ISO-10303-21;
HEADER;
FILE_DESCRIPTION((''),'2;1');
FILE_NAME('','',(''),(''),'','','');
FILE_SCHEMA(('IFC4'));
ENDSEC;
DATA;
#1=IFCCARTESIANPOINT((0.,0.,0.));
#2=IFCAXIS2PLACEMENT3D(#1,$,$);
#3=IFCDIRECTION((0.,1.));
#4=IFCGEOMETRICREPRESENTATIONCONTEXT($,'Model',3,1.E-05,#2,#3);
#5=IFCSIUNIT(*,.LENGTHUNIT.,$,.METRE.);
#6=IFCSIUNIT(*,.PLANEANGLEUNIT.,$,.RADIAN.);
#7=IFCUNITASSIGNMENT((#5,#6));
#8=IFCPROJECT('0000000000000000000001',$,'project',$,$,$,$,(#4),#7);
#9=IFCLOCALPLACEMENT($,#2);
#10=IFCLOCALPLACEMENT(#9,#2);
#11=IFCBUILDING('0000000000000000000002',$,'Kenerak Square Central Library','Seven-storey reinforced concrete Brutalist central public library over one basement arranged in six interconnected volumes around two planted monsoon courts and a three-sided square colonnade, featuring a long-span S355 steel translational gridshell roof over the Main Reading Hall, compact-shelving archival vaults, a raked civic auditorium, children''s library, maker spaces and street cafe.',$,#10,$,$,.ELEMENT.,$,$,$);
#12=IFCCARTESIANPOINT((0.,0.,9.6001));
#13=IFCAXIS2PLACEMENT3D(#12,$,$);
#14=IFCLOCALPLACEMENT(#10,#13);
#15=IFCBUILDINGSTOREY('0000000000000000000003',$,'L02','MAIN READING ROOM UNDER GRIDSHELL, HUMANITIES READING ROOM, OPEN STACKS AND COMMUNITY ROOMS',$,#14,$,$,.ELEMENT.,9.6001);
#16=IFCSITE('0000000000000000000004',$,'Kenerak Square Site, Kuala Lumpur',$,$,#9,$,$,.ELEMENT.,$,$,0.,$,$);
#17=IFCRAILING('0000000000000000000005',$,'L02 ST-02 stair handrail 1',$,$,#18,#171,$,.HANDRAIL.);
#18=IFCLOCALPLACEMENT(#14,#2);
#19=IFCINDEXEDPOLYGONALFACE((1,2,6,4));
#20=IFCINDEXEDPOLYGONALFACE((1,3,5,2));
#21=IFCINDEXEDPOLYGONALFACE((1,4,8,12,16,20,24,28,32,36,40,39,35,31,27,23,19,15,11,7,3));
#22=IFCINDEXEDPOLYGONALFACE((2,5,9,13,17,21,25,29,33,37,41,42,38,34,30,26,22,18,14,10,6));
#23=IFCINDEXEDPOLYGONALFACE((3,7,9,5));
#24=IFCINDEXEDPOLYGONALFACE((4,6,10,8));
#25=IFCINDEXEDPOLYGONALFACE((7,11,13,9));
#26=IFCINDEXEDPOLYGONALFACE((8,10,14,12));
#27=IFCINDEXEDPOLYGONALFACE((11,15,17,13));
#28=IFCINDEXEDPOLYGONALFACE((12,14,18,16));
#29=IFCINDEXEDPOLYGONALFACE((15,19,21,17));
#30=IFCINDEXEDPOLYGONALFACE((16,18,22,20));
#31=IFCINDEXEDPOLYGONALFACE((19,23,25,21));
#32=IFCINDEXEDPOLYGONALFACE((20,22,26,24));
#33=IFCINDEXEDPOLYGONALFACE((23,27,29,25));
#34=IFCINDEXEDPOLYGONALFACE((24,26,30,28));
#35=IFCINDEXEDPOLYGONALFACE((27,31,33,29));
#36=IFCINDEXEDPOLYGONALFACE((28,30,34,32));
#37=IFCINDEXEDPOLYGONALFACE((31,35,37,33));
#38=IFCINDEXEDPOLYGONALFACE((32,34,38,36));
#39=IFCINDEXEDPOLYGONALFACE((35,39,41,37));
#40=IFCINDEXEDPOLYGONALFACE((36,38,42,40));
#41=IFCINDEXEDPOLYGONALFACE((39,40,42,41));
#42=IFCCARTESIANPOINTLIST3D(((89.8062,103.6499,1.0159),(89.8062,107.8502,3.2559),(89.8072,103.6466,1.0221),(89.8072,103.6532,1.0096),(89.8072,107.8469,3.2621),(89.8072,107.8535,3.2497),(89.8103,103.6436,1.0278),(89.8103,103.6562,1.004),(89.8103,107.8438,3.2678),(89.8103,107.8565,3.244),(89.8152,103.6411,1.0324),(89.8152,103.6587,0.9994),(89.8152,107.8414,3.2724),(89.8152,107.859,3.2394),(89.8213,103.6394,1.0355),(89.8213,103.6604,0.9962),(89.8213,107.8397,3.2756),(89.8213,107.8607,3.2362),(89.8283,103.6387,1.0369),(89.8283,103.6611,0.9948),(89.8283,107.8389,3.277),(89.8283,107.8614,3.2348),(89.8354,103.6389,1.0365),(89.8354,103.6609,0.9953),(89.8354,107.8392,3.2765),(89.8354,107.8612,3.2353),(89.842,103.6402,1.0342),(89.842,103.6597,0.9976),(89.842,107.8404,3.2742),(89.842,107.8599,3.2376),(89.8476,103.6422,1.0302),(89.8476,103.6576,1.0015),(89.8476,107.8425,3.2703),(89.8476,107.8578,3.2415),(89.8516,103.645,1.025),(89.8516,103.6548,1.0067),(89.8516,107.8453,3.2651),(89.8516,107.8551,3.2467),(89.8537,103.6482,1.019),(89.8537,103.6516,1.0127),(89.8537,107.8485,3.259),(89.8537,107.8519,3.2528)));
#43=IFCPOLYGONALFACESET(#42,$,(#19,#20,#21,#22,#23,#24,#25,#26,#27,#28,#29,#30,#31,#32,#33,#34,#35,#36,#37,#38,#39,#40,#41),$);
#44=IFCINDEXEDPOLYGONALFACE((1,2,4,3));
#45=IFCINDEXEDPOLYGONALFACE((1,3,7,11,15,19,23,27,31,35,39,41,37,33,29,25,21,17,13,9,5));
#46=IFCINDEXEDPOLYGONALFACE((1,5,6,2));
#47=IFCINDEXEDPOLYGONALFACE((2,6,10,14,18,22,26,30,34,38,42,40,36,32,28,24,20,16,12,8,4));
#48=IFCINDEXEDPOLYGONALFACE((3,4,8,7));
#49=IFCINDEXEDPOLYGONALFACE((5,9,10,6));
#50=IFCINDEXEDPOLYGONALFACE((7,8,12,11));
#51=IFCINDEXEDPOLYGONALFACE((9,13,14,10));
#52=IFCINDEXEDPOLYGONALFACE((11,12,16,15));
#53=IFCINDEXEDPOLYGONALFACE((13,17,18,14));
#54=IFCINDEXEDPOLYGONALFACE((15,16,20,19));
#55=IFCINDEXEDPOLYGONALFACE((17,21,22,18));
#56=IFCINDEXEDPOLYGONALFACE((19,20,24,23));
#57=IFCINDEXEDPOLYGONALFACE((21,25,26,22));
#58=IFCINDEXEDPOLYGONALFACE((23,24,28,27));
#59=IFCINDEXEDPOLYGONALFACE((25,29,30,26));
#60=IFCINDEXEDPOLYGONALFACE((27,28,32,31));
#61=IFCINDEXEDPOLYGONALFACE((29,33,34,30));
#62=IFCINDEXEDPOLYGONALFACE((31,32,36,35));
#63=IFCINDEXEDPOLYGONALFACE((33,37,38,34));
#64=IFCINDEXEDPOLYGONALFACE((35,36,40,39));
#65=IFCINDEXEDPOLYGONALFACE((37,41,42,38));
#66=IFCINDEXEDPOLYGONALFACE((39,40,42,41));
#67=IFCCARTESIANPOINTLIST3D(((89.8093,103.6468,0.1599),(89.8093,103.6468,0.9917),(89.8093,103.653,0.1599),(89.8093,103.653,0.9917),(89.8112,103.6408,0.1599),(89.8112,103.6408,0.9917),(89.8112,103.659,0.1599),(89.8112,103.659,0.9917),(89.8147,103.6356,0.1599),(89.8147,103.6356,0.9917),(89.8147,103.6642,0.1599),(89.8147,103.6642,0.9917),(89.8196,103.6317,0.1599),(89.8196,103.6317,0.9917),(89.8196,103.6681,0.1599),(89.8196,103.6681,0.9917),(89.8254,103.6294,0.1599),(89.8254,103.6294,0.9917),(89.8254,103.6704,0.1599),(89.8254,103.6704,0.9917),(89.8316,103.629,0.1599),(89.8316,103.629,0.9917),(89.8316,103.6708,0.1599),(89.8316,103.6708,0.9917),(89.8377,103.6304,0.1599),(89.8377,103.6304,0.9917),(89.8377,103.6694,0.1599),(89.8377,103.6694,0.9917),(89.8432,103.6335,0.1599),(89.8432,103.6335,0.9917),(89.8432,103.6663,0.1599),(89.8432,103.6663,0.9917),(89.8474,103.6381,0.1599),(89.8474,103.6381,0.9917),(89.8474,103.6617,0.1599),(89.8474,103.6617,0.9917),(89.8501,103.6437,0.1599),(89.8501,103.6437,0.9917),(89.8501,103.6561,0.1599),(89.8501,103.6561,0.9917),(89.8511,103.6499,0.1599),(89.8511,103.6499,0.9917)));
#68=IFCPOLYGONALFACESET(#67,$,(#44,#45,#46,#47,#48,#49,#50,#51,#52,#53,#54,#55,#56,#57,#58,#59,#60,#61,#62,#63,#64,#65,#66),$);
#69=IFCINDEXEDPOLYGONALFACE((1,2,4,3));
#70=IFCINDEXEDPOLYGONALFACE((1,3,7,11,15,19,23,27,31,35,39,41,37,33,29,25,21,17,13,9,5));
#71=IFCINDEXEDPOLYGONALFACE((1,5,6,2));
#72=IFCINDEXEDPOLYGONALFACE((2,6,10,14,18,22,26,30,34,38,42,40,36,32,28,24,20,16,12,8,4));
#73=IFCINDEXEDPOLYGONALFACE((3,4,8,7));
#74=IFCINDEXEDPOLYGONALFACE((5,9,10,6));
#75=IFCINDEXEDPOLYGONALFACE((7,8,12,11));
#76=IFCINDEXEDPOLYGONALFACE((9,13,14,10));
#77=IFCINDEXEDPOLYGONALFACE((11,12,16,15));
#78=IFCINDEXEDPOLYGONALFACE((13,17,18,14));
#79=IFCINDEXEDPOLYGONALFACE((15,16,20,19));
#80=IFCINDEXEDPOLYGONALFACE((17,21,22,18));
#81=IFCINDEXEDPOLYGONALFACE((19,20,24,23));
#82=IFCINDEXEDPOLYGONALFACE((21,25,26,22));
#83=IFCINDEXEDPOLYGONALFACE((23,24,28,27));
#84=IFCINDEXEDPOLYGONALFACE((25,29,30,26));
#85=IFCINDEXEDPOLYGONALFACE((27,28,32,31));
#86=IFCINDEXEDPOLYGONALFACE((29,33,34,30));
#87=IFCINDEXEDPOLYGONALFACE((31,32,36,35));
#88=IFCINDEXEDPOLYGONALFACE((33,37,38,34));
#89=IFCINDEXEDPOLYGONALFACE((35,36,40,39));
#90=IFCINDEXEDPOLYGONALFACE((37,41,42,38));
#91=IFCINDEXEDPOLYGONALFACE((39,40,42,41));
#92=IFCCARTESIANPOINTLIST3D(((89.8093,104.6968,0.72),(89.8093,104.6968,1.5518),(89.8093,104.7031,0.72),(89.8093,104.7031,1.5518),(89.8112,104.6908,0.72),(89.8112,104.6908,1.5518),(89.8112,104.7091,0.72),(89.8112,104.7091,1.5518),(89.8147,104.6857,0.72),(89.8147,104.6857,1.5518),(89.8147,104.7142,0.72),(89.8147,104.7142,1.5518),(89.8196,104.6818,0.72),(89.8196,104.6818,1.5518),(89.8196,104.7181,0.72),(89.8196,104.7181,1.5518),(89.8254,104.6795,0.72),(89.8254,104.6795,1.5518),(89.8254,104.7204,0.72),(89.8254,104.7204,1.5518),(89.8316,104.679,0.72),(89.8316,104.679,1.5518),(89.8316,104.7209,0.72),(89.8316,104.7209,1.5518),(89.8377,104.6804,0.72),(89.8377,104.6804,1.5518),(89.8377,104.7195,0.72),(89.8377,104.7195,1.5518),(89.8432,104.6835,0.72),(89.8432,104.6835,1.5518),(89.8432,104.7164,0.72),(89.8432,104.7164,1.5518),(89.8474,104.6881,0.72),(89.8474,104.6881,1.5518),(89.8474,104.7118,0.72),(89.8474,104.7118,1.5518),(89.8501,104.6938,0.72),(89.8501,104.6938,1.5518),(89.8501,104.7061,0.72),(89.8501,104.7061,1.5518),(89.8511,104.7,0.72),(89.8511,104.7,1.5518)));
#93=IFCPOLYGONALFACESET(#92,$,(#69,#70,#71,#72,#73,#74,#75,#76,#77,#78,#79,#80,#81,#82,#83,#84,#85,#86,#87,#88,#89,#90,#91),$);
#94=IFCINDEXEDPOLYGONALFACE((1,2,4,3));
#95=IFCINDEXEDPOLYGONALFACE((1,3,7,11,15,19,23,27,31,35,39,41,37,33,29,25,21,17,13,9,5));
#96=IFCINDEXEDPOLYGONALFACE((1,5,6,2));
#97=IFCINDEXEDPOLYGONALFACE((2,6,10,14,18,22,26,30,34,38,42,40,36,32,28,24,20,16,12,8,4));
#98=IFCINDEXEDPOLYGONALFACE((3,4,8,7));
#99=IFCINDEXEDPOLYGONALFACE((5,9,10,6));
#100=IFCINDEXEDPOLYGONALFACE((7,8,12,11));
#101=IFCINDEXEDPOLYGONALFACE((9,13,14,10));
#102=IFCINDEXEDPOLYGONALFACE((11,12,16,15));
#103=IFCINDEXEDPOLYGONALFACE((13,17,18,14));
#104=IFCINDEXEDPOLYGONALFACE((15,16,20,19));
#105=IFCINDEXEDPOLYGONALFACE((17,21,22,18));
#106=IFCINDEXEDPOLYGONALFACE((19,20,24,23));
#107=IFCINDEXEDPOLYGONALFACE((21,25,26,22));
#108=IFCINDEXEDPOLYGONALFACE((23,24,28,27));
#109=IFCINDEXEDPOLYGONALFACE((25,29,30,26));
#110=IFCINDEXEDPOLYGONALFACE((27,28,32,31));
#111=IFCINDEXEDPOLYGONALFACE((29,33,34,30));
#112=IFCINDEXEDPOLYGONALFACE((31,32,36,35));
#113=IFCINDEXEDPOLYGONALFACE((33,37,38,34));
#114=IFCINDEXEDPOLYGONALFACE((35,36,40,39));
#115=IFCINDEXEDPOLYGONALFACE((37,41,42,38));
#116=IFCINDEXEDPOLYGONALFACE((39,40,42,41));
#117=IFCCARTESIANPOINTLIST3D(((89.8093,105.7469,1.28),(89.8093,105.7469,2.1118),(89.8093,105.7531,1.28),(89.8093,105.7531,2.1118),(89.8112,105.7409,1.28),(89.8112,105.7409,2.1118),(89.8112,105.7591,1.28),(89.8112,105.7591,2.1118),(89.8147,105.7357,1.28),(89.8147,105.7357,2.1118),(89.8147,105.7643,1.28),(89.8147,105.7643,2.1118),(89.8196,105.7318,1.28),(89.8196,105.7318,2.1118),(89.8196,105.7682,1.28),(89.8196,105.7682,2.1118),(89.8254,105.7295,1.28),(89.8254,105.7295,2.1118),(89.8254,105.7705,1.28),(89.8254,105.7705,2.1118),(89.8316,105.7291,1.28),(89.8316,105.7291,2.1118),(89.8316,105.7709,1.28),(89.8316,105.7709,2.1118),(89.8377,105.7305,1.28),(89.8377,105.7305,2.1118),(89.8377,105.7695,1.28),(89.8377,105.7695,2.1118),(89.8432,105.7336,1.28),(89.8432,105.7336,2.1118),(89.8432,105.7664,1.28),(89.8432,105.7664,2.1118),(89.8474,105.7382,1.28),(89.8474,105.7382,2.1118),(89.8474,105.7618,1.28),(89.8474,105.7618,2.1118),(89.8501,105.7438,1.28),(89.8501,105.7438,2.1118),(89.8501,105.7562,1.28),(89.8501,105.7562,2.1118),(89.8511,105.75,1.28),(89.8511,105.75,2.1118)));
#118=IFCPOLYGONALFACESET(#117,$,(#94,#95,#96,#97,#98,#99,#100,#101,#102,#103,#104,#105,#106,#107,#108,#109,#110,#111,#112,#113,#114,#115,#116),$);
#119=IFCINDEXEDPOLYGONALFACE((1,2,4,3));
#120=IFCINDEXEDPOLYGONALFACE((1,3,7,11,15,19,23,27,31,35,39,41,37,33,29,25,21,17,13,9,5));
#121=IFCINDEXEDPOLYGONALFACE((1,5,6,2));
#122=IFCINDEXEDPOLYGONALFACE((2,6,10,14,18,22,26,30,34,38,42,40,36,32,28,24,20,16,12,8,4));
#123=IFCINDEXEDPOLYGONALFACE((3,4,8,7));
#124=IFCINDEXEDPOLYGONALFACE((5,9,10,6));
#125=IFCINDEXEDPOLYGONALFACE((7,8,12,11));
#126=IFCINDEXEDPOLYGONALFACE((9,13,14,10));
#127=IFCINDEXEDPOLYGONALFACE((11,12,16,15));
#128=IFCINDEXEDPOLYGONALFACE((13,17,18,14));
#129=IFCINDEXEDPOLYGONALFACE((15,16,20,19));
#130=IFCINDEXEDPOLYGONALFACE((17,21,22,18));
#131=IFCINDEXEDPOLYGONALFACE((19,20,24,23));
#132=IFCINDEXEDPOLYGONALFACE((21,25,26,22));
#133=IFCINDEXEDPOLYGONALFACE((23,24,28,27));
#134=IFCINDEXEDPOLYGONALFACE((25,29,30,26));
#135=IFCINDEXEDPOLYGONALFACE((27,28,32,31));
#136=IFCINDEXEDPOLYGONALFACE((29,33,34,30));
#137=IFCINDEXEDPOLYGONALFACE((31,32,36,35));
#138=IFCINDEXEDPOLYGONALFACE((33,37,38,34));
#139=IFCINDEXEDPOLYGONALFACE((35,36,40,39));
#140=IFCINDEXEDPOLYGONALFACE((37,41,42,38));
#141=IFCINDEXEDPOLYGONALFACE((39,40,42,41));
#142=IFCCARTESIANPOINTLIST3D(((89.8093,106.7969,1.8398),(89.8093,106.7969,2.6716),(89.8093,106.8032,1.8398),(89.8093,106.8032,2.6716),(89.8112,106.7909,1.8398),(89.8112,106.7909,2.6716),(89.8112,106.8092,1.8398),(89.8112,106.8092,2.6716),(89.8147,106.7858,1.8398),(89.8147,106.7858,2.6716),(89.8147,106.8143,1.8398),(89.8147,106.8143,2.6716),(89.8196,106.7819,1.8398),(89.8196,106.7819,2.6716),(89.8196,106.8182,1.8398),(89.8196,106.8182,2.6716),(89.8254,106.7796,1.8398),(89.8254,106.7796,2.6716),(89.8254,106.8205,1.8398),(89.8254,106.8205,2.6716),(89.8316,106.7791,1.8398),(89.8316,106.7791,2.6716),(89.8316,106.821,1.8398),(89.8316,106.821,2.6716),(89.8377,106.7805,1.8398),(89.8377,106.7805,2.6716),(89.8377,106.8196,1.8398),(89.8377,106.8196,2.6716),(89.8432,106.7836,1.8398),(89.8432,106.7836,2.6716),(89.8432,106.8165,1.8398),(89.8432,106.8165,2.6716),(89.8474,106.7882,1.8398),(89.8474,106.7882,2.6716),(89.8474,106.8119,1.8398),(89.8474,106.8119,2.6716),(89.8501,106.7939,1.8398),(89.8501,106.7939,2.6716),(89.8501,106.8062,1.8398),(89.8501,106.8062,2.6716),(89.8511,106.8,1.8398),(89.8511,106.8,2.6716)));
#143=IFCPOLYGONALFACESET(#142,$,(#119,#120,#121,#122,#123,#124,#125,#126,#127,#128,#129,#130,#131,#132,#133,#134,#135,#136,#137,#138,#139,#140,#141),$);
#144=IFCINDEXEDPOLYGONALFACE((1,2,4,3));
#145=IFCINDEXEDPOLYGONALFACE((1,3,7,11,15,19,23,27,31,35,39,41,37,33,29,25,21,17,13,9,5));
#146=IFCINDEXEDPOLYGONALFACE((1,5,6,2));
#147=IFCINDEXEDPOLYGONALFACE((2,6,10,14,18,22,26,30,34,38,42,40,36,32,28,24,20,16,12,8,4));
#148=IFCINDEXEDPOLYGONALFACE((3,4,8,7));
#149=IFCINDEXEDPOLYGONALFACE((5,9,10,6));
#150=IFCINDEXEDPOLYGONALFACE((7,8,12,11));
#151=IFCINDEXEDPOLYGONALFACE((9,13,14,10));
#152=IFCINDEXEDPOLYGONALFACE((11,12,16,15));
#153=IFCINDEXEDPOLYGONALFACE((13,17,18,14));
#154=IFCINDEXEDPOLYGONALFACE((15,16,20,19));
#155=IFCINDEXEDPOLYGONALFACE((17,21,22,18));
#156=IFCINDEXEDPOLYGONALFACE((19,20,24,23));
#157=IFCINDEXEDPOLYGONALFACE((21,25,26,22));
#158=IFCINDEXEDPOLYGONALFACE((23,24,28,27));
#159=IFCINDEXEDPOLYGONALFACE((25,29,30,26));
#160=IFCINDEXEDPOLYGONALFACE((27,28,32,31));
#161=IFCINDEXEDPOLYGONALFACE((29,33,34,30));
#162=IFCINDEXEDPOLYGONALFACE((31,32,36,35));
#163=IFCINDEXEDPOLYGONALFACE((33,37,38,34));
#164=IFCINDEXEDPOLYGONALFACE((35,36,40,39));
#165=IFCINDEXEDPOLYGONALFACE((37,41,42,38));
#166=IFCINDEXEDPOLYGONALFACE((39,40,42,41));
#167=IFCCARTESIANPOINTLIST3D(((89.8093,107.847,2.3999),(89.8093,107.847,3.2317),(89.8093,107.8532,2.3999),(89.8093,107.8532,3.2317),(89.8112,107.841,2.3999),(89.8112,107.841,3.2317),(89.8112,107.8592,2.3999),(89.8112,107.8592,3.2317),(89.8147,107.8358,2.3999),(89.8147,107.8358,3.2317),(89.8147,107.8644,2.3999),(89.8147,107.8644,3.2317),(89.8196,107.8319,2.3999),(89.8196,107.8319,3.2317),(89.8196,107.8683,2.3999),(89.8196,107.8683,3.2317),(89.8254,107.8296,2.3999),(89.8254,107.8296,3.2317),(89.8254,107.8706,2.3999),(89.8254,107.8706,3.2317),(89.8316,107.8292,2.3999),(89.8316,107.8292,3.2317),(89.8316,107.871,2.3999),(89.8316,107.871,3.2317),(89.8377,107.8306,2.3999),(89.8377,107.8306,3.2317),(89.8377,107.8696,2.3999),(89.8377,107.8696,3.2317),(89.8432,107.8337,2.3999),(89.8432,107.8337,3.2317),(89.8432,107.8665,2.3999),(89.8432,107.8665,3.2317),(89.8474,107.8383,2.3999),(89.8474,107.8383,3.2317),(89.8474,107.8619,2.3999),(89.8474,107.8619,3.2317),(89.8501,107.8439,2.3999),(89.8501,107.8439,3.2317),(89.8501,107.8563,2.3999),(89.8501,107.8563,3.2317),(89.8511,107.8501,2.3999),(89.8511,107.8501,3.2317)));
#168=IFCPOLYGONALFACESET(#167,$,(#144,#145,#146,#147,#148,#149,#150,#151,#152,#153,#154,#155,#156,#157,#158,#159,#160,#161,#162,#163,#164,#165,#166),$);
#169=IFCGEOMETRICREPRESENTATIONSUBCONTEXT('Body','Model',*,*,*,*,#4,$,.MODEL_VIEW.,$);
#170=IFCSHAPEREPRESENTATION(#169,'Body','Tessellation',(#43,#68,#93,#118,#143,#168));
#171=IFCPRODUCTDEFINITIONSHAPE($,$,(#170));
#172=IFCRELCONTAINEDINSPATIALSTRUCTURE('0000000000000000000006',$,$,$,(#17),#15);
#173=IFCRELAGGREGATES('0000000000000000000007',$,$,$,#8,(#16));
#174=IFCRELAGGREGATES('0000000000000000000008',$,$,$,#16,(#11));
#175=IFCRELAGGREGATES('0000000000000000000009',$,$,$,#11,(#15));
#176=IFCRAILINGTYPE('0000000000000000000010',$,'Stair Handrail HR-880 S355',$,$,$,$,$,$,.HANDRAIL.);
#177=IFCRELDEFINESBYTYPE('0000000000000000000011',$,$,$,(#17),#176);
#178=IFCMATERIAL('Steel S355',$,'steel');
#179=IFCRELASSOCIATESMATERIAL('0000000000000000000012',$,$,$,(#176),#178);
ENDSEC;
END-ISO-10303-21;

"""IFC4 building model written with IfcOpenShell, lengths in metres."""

from ifc_helpers import new_model, si_unit, direction, frame, origin, origin_2d, place, context, subcontext, project, spatial, circle, extrude, material, type_object, element, save


model = new_model("IFC4")

# Units and contexts
model_context = context("Model", 3, precision=1e-05, world=origin(), true_north=direction((0.0, 1.0)))
body_context = subcontext(model_context, "Body", "Model", "MODEL_VIEW")
ifc_project = project(units=[si_unit("LENGTHUNIT", "METRE"), si_unit("PLANEANGLEUNIT", "RADIAN")], contexts=[model_context])

# Site, building, storey
site_placement = place(None, origin())
site = spatial("IfcSite", under=ifc_project, at=site_placement, Name="Kenerak Square Site, Kuala Lumpur", CompositionType="ELEMENT", RefElevation=0.0)
building_placement = place(site_placement, origin())
building = spatial("IfcBuilding", under=site, at=building_placement, Name="Kenerak Square Central Library", Description="Seven-storey reinforced concrete Brutalist central public library over one basement arranged in six interconnected volumes around two planted monsoon courts and a three-sided square colonnade, featuring a long-span S355 steel translational gridshell roof over the Main Reading Hall, compact-shelving archival vaults, a raked civic auditorium, children's library, maker spaces and street cafe.", CompositionType="ELEMENT")
storey_placement = place(building_placement, frame((0.0, 0.0, 9.6001)))
storey = spatial("IfcBuildingStorey", under=building, at=storey_placement, Name="L02", Description="MAIN READING ROOM UNDER GRIDSHELL, HUMANITIES READING ROOM, OPEN STACKS AND COMMUNITY ROOMS", CompositionType="ELEMENT", Elevation=9.6001)

# Shared definitions
ifc_material_1 = material(Name="Steel S355", Category="steel")

# Railing
railing_type_1 = type_object("IfcRailingType", Name="Stair Handrail HR-880 S355", PredefinedType="HANDRAIL", material=ifc_material_1)
railing_1_placement = place(storey_placement, frame((89.8301, 103.6499, 0.1599)))
element("IfcRailing", 1, at=railing_1_placement, inside=storey, type_object=railing_type_1, Name="L02 ST-02 stair handrail 1", PredefinedType="HANDRAIL", context=body_context, shape_type="SweptSolid", body=[
    extrude(circle(Radius=0.0239, at=origin_2d()), frame((0.0, 0.0, 0.856), z_axis=(0.0, 0.882363, 0.47057), x_axis=(-1.0, 0.0, 0.0)), (0.0, 0.0, 1.0), 4.7603),
    extrude(circle(Radius=0.021, at=origin_2d()), origin(), (0.0, 0.0, 1.0), 0.8318),
    extrude(circle(Radius=0.021, at=origin_2d()), frame((0.0, 1.05, 0.5601)), (0.0, 0.0, 1.0), 0.8318),
    extrude(circle(Radius=0.021, at=origin_2d()), frame((0.0, 2.1001, 1.1201)), (0.0, 0.0, 1.0), 0.8318),
    extrude(circle(Radius=0.021, at=origin_2d()), frame((0.0, 3.1501, 1.6799)), (0.0, 0.0, 1.0), 0.8318),
    extrude(circle(Radius=0.021, at=origin_2d()), frame((0.0, 4.2002, 2.24)), (0.0, 0.0, 1.0), 0.8318),
])

save(model, "model.ifc")
